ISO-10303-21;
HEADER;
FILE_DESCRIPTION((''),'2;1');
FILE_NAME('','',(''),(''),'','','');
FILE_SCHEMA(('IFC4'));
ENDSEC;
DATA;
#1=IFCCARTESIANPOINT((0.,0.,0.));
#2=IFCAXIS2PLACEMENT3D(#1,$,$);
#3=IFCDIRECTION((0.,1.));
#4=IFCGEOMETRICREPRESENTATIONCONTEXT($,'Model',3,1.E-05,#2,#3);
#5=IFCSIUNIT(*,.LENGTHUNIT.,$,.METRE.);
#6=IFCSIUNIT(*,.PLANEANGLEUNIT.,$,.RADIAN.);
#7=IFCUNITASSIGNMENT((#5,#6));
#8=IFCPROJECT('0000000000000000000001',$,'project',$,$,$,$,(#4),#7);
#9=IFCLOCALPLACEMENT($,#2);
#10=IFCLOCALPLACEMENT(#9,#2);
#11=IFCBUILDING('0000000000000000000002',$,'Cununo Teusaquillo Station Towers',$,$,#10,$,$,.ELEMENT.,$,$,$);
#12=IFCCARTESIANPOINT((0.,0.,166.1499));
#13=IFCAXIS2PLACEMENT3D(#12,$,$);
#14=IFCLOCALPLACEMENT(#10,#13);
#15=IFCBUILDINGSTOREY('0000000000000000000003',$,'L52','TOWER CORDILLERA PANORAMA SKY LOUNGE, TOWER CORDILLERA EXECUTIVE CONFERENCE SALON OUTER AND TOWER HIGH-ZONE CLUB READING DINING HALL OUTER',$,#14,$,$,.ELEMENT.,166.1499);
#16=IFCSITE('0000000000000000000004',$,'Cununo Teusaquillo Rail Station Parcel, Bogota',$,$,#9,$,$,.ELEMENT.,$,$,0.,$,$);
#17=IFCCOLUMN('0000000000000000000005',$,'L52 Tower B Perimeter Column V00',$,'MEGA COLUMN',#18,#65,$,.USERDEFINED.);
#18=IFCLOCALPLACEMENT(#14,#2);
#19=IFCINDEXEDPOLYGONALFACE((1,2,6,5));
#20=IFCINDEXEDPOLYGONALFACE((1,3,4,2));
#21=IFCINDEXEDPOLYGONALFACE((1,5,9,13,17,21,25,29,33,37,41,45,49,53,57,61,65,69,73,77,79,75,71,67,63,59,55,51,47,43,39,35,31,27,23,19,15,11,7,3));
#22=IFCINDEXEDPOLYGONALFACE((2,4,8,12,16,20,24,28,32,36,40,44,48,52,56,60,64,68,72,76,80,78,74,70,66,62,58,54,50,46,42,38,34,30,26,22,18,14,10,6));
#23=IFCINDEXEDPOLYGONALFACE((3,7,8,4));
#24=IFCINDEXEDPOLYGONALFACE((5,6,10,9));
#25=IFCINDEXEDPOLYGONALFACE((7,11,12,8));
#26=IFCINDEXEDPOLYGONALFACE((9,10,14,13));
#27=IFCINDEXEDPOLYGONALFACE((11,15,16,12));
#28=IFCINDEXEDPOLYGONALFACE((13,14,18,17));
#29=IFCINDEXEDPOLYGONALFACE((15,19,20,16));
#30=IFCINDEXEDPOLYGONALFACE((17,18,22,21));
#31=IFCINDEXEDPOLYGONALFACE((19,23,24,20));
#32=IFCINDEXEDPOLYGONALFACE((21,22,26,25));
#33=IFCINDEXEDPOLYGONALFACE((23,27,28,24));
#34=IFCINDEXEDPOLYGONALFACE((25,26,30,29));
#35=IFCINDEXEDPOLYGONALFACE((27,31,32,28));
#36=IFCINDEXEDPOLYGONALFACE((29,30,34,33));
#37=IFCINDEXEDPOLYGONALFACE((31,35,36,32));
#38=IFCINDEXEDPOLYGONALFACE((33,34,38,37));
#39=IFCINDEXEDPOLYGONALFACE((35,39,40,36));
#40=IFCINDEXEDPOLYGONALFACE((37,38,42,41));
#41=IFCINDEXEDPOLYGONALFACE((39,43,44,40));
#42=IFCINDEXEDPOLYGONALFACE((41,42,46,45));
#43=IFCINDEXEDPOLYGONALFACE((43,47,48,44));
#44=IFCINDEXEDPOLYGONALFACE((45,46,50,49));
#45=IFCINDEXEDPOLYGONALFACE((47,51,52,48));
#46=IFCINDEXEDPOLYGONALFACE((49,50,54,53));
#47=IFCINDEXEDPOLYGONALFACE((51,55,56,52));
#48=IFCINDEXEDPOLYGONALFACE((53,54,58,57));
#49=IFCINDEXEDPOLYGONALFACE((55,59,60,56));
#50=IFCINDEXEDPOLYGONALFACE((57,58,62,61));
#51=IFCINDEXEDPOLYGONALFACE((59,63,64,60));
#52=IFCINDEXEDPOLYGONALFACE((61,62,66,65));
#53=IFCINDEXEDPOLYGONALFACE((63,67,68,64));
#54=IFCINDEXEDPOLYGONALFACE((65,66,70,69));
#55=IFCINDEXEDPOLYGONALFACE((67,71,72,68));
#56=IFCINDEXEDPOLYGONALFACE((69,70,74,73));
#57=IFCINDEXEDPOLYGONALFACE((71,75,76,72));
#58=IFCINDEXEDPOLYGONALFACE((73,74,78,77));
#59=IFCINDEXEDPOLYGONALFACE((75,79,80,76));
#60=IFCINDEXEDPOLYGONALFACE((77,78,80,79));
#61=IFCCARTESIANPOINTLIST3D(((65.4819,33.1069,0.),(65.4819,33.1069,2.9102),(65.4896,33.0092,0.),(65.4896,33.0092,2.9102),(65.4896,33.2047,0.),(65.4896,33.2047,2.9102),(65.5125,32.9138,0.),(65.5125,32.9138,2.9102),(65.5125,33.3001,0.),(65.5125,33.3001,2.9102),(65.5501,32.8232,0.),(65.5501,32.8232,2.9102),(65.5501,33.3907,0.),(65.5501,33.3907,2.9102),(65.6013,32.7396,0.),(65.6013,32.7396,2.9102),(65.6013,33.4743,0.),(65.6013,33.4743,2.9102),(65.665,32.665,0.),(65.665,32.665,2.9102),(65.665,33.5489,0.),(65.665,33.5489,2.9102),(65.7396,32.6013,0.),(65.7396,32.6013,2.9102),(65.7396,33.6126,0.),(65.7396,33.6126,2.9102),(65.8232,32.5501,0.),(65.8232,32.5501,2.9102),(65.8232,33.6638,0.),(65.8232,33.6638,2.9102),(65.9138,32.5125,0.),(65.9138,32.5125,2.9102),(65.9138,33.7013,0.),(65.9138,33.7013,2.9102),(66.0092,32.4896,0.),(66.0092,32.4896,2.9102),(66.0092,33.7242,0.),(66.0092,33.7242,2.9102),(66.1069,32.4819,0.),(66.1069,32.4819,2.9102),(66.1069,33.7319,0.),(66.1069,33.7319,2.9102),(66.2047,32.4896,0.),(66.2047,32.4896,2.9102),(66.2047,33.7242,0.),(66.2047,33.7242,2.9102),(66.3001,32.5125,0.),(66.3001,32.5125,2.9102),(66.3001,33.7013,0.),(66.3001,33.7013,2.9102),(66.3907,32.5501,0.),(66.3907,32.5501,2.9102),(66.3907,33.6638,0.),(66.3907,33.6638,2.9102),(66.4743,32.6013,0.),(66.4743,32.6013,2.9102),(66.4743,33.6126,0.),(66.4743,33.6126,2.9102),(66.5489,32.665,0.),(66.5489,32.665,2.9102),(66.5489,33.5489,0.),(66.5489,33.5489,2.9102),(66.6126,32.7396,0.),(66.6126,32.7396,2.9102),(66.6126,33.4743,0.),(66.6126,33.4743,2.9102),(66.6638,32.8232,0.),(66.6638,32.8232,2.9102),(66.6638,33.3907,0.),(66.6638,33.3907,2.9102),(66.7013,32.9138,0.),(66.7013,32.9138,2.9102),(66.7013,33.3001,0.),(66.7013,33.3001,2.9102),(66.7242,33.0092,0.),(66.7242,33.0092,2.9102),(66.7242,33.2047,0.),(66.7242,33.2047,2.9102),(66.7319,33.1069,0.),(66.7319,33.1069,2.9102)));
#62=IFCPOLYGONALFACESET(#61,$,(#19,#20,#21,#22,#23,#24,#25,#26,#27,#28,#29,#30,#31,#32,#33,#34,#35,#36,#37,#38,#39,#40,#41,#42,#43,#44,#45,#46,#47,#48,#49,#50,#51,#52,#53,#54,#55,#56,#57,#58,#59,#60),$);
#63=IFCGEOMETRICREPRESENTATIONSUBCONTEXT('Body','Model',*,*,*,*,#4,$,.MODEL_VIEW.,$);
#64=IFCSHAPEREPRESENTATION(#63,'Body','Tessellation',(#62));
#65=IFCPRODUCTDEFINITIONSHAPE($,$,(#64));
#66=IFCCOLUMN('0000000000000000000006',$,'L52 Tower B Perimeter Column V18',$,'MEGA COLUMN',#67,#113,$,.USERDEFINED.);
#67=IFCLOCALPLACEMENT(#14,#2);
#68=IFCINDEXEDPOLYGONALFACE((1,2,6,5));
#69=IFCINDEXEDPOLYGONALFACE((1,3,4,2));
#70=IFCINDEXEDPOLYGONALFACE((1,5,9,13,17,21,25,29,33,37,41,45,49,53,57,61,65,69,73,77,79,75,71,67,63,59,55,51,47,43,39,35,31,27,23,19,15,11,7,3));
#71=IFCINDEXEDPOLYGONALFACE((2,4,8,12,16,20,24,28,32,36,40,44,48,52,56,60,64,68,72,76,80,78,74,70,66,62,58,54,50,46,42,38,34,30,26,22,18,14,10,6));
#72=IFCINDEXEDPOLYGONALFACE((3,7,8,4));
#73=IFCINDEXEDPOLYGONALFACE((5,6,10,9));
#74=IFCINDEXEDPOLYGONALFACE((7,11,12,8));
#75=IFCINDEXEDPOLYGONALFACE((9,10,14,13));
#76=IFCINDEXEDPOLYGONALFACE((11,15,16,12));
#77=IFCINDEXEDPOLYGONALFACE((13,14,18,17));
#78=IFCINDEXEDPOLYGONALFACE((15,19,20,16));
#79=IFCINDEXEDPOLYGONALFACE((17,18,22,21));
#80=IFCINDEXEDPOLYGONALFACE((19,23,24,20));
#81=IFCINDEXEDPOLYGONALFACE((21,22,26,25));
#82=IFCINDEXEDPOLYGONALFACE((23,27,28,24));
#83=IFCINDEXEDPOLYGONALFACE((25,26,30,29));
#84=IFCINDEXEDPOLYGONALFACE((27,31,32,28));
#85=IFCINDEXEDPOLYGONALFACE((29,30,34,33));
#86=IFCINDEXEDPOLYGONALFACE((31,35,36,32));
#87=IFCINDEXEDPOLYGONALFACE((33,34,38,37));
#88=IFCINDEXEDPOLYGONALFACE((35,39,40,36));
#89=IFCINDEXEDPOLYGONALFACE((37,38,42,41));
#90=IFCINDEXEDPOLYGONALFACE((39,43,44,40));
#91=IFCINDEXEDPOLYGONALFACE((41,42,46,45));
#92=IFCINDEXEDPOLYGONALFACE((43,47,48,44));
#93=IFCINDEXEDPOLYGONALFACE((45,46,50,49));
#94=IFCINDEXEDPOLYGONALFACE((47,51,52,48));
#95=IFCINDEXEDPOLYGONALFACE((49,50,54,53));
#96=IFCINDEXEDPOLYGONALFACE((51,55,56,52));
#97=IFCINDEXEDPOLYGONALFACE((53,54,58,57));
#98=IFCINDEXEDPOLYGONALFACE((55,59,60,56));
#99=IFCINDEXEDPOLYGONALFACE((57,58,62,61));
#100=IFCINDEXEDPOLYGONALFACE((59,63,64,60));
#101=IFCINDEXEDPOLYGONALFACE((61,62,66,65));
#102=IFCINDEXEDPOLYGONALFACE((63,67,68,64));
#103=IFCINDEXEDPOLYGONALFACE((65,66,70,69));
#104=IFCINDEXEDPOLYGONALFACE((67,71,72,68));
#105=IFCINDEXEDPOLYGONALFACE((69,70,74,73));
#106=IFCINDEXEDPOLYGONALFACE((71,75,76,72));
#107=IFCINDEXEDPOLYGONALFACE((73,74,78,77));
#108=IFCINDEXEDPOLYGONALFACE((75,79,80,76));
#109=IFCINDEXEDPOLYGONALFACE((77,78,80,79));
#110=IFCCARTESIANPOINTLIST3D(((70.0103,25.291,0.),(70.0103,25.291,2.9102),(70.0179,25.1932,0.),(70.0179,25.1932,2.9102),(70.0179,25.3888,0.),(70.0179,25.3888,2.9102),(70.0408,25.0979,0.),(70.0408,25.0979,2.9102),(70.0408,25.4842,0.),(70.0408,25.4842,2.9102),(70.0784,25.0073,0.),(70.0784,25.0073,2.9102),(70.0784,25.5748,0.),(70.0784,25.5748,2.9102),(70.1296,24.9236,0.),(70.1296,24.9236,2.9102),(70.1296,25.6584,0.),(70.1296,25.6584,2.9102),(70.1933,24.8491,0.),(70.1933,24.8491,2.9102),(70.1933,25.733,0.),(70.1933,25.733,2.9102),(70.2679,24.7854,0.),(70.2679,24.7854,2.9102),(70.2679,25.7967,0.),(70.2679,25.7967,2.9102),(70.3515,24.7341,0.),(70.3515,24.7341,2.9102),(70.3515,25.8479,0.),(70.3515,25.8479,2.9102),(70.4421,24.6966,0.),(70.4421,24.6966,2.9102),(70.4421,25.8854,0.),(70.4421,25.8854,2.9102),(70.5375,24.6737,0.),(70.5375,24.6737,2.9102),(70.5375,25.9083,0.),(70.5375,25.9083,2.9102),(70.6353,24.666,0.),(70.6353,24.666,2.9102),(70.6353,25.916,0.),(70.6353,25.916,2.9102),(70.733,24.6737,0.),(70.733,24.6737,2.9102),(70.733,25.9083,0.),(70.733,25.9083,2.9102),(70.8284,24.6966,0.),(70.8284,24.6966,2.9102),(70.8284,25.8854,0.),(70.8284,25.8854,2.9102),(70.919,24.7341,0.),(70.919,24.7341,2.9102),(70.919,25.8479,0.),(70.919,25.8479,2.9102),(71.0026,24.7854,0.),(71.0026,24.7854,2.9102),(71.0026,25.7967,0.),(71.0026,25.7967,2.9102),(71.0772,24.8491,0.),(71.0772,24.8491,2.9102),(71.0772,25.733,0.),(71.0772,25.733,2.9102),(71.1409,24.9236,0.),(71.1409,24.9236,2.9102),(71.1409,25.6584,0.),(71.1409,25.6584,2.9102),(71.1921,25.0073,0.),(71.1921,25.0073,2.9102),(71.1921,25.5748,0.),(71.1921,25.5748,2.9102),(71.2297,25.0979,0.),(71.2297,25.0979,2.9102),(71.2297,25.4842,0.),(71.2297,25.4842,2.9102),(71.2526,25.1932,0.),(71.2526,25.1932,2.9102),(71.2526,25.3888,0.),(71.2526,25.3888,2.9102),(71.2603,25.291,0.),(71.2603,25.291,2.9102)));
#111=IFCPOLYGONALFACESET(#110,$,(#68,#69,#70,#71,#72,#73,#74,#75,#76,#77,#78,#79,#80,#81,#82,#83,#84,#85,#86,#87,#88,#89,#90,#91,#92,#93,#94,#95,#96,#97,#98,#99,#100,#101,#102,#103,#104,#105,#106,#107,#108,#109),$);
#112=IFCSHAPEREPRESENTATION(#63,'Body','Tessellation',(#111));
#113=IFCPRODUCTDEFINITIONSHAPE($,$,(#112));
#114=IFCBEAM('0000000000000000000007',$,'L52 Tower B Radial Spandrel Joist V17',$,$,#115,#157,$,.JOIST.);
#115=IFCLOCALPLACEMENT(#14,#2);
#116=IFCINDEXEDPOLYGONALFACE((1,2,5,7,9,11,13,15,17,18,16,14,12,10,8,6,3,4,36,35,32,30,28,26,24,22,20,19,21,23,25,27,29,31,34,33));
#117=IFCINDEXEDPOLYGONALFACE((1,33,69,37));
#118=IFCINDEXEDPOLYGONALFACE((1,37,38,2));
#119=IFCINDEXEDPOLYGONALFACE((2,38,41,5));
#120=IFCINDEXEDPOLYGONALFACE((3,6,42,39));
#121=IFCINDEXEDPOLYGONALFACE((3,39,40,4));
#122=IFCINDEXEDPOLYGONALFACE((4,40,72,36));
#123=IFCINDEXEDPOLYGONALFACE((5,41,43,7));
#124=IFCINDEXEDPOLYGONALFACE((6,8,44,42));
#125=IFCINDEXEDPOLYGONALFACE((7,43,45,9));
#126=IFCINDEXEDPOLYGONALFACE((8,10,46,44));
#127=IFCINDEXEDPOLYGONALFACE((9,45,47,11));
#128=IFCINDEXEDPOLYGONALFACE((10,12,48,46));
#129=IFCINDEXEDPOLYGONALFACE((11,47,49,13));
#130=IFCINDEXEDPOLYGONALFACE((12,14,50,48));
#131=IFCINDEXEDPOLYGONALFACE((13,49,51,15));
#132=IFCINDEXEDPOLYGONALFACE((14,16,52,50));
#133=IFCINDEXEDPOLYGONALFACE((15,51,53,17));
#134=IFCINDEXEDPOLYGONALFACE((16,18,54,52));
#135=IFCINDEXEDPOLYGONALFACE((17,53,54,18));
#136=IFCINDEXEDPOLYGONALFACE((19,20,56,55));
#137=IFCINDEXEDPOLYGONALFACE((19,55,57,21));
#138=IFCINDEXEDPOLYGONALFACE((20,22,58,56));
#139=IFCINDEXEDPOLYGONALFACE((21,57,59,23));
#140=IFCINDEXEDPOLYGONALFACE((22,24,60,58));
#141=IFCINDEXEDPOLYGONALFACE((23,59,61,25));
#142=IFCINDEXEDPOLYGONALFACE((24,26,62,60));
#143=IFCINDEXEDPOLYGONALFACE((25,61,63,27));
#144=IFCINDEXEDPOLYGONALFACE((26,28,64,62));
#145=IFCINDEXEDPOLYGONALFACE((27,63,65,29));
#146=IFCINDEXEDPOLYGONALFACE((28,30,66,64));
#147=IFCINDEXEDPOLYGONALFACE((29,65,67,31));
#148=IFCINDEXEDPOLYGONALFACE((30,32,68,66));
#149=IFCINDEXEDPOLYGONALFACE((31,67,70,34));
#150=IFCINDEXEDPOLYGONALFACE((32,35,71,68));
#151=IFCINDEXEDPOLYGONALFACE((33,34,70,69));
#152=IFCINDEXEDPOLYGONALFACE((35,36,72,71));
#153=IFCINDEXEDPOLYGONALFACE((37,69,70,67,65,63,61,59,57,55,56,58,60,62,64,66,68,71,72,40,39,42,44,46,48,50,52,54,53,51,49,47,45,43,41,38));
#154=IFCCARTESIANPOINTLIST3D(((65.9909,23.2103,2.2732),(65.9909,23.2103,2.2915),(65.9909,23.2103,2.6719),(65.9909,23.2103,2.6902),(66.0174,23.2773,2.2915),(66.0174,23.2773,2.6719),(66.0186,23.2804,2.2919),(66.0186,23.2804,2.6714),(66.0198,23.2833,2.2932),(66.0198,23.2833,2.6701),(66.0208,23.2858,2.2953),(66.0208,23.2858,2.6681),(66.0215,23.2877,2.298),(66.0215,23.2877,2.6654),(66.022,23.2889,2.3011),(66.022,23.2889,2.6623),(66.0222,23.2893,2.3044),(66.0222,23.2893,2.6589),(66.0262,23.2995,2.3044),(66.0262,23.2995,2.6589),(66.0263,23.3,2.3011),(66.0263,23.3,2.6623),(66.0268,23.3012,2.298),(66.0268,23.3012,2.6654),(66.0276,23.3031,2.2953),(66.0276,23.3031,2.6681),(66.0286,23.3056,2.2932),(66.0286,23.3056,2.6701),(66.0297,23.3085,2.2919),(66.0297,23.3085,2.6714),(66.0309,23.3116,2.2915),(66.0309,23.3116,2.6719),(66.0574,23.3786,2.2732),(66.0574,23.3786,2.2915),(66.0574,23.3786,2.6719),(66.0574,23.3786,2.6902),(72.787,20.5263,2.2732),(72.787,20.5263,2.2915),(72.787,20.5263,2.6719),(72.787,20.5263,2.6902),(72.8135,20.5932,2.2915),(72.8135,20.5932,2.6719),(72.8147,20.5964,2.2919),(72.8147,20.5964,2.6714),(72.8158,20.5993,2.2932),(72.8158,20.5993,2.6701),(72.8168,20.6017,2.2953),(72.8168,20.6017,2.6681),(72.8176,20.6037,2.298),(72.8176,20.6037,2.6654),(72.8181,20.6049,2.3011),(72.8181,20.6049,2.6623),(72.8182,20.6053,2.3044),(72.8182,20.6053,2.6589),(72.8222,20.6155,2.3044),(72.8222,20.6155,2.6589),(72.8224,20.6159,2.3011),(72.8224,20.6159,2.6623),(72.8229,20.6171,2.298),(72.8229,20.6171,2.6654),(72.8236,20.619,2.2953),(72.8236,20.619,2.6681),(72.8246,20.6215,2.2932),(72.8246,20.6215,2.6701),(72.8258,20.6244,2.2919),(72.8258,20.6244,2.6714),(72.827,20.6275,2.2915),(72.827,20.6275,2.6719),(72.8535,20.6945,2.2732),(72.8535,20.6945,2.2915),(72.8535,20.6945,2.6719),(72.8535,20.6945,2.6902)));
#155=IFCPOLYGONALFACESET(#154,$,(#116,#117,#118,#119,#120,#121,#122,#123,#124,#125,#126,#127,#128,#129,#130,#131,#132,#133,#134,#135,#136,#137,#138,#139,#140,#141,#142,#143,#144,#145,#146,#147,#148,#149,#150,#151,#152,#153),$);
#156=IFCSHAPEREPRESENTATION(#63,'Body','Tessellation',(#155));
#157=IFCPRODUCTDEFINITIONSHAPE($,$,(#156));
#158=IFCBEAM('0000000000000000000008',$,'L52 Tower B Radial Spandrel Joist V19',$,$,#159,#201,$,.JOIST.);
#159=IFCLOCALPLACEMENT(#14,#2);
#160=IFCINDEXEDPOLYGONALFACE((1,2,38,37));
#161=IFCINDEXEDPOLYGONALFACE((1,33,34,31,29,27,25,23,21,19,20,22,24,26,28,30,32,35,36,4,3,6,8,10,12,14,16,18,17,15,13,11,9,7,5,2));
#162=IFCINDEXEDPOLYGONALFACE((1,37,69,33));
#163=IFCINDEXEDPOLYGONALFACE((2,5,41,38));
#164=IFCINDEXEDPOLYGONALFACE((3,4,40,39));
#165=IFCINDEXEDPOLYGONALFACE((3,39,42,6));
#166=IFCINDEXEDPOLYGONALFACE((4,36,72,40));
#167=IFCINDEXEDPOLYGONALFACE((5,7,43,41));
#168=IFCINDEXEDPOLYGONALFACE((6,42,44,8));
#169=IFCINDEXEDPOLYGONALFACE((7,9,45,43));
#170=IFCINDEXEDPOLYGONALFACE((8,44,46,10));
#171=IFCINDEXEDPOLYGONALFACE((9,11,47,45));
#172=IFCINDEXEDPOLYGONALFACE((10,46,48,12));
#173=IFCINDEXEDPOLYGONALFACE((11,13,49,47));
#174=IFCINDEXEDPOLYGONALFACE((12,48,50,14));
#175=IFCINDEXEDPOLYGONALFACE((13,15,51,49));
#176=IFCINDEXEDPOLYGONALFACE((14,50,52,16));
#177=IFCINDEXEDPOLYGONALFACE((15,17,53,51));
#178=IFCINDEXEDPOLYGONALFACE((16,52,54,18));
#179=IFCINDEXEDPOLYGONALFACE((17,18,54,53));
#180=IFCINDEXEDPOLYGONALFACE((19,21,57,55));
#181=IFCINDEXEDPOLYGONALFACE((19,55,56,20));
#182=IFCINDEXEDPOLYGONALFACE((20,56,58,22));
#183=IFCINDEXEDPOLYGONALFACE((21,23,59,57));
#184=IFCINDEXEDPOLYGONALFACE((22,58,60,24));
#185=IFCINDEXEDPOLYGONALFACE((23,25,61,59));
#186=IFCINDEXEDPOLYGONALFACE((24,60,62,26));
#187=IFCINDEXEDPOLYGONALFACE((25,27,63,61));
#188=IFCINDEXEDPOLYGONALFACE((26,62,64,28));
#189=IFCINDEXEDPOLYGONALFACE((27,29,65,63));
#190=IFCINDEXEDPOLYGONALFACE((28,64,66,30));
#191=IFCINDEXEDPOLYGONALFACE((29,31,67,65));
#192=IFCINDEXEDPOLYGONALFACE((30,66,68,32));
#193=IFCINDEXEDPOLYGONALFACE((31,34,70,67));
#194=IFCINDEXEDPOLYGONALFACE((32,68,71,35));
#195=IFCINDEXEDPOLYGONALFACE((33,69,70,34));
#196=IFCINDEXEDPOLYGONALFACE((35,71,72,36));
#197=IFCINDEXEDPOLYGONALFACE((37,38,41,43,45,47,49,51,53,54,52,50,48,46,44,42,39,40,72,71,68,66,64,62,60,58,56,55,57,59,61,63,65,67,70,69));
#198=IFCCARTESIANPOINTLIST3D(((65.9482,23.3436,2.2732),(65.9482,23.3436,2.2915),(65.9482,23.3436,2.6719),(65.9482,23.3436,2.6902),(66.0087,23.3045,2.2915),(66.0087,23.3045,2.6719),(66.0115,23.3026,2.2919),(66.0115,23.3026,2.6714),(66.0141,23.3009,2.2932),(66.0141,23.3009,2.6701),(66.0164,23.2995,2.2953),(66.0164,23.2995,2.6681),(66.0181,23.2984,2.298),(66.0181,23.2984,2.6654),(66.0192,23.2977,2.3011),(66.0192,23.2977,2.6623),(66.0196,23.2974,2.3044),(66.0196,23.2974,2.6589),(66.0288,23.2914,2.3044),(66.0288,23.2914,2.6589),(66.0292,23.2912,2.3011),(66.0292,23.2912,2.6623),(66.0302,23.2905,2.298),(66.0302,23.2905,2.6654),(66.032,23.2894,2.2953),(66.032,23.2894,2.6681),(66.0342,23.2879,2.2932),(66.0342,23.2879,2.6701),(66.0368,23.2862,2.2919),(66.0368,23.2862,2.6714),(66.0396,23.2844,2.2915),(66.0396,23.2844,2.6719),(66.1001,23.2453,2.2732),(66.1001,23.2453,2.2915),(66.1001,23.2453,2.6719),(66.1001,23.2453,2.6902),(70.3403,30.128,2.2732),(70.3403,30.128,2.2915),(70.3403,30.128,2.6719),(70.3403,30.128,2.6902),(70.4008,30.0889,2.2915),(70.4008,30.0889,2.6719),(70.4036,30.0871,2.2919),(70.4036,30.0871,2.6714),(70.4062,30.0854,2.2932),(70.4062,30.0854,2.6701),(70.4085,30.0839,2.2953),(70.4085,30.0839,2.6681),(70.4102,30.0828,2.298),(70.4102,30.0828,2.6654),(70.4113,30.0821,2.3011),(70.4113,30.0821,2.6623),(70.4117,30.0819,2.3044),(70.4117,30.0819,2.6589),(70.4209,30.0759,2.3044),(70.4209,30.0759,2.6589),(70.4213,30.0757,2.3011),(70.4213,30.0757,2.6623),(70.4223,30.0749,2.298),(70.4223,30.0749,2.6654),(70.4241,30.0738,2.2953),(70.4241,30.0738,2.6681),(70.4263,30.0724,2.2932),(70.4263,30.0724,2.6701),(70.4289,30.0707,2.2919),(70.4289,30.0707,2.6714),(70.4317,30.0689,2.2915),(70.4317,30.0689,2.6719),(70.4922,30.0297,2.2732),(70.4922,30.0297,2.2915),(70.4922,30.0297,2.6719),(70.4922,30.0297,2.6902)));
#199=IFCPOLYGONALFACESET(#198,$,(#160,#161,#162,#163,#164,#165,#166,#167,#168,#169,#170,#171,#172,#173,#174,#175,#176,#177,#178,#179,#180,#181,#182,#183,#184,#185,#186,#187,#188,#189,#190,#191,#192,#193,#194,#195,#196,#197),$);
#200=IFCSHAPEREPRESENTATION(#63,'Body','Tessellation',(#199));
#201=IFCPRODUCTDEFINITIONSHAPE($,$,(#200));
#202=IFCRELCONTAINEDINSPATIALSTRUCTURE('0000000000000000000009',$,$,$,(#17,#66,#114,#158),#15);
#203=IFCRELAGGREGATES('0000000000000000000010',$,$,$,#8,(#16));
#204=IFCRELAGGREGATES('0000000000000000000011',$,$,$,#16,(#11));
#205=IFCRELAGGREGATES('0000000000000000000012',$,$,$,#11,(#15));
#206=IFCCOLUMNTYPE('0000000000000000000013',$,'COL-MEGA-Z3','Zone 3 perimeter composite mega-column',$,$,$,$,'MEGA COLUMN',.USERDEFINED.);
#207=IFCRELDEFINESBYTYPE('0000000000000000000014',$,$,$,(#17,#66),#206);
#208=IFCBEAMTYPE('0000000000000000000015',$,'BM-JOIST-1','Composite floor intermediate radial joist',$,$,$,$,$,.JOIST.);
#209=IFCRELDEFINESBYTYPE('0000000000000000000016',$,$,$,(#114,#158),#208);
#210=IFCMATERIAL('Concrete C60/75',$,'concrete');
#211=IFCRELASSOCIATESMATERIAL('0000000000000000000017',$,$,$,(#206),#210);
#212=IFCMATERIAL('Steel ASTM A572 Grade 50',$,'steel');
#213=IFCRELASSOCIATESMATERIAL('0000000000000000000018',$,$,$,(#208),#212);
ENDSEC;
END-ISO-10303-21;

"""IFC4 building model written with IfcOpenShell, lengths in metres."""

from ifc_helpers import new_model, si_unit, direction, frame, origin, origin_2d, place, context, subcontext, project, spatial, circle, i_section, extrude, material, material_profile, profile_set, type_object, element, save


model = new_model("IFC4")

# Units and contexts
model_context = context("Model", 3, precision=1e-05, world=origin(), true_north=direction((0.0, 1.0)))
body_context = subcontext(model_context, "Body", "Model", "MODEL_VIEW")
ifc_project = project(units=[si_unit("LENGTHUNIT", "METRE"), si_unit("PLANEANGLEUNIT", "RADIAN")], contexts=[model_context])

# Site, building, storey
site_placement = place(None, origin())
site = spatial("IfcSite", under=ifc_project, at=site_placement, Name="Cununo Teusaquillo Rail Station Parcel, Bogota", CompositionType="ELEMENT", RefElevation=0.0)
building_placement = place(site_placement, origin())
building = spatial("IfcBuilding", under=site, at=building_placement, Name="Cununo Teusaquillo Station Towers", CompositionType="ELEMENT")
storey_placement = place(building_placement, frame((0.0, 0.0, 166.1499)))
storey = spatial("IfcBuildingStorey", under=building, at=storey_placement, Name="L52", Description="TOWER CORDILLERA PANORAMA SKY LOUNGE, TOWER CORDILLERA EXECUTIVE CONFERENCE SALON OUTER AND TOWER HIGH-ZONE CLUB READING DINING HALL OUTER", CompositionType="ELEMENT", Elevation=166.1499)

# Columns
ifc_material_1 = material(Name="Concrete C60/75", Category="concrete")
ifc_material_profile_1 = material_profile(ifc_material_1, circle(Radius=0.625, at=origin_2d()), Name="RC-CIRC-1250")
ifc_profile_set_1 = profile_set([ifc_material_profile_1], Name="Concrete C60/75")
column_type = type_object("IfcColumnType", Name="COL-MEGA-Z3", Description="Zone 3 perimeter composite mega-column", ElementType="MEGA COLUMN", PredefinedType="USERDEFINED", material=ifc_profile_set_1)
for number, where, z_axis, x_axis, name in (
    (1, (66.1069, 33.1069, 0.0), (0.0, 0.0, 1.0), (1.0, 0.0, 0.0), "L52 Tower B Perimeter Column V00"),
    (2, (70.6353, 25.291, 0.0), (0.0, 0.0, 1.0), (1.0, 0.0, 0.0), "L52 Tower B Perimeter Column V18"),
):
    element("IfcColumn", number, at=place(storey_placement, frame(where, z_axis=z_axis, x_axis=x_axis)), inside=storey, type_object=column_type, Name=name, ObjectType="MEGA COLUMN", PredefinedType="USERDEFINED", context=body_context, shape_type="SweptSolid", body=[
        extrude(circle(Radius=0.625, at=origin_2d()), origin(), (0.0, 0.0, 1.0), 2.9102),
    ])

# Beams
ifc_material_2 = material(Name="Steel ASTM A572 Grade 50", Category="steel")
ifc_material_profile_2 = material_profile(ifc_material_2, i_section(OverallWidth=0.1809, OverallDepth=0.417, WebThickness=0.011, FlangeThickness=0.0183, FilletRadius=0.0129, at=origin_2d()), Name="W16X57")
ifc_profile_set_2 = profile_set([ifc_material_profile_2], Name="Steel ASTM A572 Grade 50")
beam_type_1 = type_object("IfcBeamType", Name="BM-JOIST-1", Description="Composite floor intermediate radial joist", PredefinedType="JOIST", material=ifc_profile_set_2)
beam_1_placement = place(storey_placement, frame((66.0242, 23.2944, 2.4817), z_axis=(0.93009, -0.367332, 0.0), x_axis=(0.367332, 0.93009, 0.0)))
element("IfcBeam", 3, at=beam_1_placement, inside=storey, type_object=beam_type_1, Name="L52 Tower B Radial Spandrel Joist V17", PredefinedType="JOIST", context=body_context, shape_type="SweptSolid", body=[
    extrude(i_section(OverallWidth=0.1809, OverallDepth=0.417, WebThickness=0.011, FlangeThickness=0.0183, FilletRadius=0.0129, at=origin_2d()), origin(), (0.0, 0.0, 1.0), 7.3069),
])
beam_2_placement = place(storey_placement, frame((66.0242, 23.2944, 2.4817), z_axis=(0.54344, 0.839448, 0.0), x_axis=(-0.839448, 0.54344, 0.0)))
element("IfcBeam", 4, at=beam_2_placement, inside=storey, type_object=beam_type_1, Name="L52 Tower B Radial Spandrel Joist V19", PredefinedType="JOIST", context=body_context, shape_type="SweptSolid", body=[
    extrude(i_section(OverallWidth=0.1809, OverallDepth=0.417, WebThickness=0.011, FlangeThickness=0.0183, FilletRadius=0.0129, at=origin_2d()), origin(), (0.0, 0.0, 1.0), 8.082),
])

save(model, "model.ifc")
